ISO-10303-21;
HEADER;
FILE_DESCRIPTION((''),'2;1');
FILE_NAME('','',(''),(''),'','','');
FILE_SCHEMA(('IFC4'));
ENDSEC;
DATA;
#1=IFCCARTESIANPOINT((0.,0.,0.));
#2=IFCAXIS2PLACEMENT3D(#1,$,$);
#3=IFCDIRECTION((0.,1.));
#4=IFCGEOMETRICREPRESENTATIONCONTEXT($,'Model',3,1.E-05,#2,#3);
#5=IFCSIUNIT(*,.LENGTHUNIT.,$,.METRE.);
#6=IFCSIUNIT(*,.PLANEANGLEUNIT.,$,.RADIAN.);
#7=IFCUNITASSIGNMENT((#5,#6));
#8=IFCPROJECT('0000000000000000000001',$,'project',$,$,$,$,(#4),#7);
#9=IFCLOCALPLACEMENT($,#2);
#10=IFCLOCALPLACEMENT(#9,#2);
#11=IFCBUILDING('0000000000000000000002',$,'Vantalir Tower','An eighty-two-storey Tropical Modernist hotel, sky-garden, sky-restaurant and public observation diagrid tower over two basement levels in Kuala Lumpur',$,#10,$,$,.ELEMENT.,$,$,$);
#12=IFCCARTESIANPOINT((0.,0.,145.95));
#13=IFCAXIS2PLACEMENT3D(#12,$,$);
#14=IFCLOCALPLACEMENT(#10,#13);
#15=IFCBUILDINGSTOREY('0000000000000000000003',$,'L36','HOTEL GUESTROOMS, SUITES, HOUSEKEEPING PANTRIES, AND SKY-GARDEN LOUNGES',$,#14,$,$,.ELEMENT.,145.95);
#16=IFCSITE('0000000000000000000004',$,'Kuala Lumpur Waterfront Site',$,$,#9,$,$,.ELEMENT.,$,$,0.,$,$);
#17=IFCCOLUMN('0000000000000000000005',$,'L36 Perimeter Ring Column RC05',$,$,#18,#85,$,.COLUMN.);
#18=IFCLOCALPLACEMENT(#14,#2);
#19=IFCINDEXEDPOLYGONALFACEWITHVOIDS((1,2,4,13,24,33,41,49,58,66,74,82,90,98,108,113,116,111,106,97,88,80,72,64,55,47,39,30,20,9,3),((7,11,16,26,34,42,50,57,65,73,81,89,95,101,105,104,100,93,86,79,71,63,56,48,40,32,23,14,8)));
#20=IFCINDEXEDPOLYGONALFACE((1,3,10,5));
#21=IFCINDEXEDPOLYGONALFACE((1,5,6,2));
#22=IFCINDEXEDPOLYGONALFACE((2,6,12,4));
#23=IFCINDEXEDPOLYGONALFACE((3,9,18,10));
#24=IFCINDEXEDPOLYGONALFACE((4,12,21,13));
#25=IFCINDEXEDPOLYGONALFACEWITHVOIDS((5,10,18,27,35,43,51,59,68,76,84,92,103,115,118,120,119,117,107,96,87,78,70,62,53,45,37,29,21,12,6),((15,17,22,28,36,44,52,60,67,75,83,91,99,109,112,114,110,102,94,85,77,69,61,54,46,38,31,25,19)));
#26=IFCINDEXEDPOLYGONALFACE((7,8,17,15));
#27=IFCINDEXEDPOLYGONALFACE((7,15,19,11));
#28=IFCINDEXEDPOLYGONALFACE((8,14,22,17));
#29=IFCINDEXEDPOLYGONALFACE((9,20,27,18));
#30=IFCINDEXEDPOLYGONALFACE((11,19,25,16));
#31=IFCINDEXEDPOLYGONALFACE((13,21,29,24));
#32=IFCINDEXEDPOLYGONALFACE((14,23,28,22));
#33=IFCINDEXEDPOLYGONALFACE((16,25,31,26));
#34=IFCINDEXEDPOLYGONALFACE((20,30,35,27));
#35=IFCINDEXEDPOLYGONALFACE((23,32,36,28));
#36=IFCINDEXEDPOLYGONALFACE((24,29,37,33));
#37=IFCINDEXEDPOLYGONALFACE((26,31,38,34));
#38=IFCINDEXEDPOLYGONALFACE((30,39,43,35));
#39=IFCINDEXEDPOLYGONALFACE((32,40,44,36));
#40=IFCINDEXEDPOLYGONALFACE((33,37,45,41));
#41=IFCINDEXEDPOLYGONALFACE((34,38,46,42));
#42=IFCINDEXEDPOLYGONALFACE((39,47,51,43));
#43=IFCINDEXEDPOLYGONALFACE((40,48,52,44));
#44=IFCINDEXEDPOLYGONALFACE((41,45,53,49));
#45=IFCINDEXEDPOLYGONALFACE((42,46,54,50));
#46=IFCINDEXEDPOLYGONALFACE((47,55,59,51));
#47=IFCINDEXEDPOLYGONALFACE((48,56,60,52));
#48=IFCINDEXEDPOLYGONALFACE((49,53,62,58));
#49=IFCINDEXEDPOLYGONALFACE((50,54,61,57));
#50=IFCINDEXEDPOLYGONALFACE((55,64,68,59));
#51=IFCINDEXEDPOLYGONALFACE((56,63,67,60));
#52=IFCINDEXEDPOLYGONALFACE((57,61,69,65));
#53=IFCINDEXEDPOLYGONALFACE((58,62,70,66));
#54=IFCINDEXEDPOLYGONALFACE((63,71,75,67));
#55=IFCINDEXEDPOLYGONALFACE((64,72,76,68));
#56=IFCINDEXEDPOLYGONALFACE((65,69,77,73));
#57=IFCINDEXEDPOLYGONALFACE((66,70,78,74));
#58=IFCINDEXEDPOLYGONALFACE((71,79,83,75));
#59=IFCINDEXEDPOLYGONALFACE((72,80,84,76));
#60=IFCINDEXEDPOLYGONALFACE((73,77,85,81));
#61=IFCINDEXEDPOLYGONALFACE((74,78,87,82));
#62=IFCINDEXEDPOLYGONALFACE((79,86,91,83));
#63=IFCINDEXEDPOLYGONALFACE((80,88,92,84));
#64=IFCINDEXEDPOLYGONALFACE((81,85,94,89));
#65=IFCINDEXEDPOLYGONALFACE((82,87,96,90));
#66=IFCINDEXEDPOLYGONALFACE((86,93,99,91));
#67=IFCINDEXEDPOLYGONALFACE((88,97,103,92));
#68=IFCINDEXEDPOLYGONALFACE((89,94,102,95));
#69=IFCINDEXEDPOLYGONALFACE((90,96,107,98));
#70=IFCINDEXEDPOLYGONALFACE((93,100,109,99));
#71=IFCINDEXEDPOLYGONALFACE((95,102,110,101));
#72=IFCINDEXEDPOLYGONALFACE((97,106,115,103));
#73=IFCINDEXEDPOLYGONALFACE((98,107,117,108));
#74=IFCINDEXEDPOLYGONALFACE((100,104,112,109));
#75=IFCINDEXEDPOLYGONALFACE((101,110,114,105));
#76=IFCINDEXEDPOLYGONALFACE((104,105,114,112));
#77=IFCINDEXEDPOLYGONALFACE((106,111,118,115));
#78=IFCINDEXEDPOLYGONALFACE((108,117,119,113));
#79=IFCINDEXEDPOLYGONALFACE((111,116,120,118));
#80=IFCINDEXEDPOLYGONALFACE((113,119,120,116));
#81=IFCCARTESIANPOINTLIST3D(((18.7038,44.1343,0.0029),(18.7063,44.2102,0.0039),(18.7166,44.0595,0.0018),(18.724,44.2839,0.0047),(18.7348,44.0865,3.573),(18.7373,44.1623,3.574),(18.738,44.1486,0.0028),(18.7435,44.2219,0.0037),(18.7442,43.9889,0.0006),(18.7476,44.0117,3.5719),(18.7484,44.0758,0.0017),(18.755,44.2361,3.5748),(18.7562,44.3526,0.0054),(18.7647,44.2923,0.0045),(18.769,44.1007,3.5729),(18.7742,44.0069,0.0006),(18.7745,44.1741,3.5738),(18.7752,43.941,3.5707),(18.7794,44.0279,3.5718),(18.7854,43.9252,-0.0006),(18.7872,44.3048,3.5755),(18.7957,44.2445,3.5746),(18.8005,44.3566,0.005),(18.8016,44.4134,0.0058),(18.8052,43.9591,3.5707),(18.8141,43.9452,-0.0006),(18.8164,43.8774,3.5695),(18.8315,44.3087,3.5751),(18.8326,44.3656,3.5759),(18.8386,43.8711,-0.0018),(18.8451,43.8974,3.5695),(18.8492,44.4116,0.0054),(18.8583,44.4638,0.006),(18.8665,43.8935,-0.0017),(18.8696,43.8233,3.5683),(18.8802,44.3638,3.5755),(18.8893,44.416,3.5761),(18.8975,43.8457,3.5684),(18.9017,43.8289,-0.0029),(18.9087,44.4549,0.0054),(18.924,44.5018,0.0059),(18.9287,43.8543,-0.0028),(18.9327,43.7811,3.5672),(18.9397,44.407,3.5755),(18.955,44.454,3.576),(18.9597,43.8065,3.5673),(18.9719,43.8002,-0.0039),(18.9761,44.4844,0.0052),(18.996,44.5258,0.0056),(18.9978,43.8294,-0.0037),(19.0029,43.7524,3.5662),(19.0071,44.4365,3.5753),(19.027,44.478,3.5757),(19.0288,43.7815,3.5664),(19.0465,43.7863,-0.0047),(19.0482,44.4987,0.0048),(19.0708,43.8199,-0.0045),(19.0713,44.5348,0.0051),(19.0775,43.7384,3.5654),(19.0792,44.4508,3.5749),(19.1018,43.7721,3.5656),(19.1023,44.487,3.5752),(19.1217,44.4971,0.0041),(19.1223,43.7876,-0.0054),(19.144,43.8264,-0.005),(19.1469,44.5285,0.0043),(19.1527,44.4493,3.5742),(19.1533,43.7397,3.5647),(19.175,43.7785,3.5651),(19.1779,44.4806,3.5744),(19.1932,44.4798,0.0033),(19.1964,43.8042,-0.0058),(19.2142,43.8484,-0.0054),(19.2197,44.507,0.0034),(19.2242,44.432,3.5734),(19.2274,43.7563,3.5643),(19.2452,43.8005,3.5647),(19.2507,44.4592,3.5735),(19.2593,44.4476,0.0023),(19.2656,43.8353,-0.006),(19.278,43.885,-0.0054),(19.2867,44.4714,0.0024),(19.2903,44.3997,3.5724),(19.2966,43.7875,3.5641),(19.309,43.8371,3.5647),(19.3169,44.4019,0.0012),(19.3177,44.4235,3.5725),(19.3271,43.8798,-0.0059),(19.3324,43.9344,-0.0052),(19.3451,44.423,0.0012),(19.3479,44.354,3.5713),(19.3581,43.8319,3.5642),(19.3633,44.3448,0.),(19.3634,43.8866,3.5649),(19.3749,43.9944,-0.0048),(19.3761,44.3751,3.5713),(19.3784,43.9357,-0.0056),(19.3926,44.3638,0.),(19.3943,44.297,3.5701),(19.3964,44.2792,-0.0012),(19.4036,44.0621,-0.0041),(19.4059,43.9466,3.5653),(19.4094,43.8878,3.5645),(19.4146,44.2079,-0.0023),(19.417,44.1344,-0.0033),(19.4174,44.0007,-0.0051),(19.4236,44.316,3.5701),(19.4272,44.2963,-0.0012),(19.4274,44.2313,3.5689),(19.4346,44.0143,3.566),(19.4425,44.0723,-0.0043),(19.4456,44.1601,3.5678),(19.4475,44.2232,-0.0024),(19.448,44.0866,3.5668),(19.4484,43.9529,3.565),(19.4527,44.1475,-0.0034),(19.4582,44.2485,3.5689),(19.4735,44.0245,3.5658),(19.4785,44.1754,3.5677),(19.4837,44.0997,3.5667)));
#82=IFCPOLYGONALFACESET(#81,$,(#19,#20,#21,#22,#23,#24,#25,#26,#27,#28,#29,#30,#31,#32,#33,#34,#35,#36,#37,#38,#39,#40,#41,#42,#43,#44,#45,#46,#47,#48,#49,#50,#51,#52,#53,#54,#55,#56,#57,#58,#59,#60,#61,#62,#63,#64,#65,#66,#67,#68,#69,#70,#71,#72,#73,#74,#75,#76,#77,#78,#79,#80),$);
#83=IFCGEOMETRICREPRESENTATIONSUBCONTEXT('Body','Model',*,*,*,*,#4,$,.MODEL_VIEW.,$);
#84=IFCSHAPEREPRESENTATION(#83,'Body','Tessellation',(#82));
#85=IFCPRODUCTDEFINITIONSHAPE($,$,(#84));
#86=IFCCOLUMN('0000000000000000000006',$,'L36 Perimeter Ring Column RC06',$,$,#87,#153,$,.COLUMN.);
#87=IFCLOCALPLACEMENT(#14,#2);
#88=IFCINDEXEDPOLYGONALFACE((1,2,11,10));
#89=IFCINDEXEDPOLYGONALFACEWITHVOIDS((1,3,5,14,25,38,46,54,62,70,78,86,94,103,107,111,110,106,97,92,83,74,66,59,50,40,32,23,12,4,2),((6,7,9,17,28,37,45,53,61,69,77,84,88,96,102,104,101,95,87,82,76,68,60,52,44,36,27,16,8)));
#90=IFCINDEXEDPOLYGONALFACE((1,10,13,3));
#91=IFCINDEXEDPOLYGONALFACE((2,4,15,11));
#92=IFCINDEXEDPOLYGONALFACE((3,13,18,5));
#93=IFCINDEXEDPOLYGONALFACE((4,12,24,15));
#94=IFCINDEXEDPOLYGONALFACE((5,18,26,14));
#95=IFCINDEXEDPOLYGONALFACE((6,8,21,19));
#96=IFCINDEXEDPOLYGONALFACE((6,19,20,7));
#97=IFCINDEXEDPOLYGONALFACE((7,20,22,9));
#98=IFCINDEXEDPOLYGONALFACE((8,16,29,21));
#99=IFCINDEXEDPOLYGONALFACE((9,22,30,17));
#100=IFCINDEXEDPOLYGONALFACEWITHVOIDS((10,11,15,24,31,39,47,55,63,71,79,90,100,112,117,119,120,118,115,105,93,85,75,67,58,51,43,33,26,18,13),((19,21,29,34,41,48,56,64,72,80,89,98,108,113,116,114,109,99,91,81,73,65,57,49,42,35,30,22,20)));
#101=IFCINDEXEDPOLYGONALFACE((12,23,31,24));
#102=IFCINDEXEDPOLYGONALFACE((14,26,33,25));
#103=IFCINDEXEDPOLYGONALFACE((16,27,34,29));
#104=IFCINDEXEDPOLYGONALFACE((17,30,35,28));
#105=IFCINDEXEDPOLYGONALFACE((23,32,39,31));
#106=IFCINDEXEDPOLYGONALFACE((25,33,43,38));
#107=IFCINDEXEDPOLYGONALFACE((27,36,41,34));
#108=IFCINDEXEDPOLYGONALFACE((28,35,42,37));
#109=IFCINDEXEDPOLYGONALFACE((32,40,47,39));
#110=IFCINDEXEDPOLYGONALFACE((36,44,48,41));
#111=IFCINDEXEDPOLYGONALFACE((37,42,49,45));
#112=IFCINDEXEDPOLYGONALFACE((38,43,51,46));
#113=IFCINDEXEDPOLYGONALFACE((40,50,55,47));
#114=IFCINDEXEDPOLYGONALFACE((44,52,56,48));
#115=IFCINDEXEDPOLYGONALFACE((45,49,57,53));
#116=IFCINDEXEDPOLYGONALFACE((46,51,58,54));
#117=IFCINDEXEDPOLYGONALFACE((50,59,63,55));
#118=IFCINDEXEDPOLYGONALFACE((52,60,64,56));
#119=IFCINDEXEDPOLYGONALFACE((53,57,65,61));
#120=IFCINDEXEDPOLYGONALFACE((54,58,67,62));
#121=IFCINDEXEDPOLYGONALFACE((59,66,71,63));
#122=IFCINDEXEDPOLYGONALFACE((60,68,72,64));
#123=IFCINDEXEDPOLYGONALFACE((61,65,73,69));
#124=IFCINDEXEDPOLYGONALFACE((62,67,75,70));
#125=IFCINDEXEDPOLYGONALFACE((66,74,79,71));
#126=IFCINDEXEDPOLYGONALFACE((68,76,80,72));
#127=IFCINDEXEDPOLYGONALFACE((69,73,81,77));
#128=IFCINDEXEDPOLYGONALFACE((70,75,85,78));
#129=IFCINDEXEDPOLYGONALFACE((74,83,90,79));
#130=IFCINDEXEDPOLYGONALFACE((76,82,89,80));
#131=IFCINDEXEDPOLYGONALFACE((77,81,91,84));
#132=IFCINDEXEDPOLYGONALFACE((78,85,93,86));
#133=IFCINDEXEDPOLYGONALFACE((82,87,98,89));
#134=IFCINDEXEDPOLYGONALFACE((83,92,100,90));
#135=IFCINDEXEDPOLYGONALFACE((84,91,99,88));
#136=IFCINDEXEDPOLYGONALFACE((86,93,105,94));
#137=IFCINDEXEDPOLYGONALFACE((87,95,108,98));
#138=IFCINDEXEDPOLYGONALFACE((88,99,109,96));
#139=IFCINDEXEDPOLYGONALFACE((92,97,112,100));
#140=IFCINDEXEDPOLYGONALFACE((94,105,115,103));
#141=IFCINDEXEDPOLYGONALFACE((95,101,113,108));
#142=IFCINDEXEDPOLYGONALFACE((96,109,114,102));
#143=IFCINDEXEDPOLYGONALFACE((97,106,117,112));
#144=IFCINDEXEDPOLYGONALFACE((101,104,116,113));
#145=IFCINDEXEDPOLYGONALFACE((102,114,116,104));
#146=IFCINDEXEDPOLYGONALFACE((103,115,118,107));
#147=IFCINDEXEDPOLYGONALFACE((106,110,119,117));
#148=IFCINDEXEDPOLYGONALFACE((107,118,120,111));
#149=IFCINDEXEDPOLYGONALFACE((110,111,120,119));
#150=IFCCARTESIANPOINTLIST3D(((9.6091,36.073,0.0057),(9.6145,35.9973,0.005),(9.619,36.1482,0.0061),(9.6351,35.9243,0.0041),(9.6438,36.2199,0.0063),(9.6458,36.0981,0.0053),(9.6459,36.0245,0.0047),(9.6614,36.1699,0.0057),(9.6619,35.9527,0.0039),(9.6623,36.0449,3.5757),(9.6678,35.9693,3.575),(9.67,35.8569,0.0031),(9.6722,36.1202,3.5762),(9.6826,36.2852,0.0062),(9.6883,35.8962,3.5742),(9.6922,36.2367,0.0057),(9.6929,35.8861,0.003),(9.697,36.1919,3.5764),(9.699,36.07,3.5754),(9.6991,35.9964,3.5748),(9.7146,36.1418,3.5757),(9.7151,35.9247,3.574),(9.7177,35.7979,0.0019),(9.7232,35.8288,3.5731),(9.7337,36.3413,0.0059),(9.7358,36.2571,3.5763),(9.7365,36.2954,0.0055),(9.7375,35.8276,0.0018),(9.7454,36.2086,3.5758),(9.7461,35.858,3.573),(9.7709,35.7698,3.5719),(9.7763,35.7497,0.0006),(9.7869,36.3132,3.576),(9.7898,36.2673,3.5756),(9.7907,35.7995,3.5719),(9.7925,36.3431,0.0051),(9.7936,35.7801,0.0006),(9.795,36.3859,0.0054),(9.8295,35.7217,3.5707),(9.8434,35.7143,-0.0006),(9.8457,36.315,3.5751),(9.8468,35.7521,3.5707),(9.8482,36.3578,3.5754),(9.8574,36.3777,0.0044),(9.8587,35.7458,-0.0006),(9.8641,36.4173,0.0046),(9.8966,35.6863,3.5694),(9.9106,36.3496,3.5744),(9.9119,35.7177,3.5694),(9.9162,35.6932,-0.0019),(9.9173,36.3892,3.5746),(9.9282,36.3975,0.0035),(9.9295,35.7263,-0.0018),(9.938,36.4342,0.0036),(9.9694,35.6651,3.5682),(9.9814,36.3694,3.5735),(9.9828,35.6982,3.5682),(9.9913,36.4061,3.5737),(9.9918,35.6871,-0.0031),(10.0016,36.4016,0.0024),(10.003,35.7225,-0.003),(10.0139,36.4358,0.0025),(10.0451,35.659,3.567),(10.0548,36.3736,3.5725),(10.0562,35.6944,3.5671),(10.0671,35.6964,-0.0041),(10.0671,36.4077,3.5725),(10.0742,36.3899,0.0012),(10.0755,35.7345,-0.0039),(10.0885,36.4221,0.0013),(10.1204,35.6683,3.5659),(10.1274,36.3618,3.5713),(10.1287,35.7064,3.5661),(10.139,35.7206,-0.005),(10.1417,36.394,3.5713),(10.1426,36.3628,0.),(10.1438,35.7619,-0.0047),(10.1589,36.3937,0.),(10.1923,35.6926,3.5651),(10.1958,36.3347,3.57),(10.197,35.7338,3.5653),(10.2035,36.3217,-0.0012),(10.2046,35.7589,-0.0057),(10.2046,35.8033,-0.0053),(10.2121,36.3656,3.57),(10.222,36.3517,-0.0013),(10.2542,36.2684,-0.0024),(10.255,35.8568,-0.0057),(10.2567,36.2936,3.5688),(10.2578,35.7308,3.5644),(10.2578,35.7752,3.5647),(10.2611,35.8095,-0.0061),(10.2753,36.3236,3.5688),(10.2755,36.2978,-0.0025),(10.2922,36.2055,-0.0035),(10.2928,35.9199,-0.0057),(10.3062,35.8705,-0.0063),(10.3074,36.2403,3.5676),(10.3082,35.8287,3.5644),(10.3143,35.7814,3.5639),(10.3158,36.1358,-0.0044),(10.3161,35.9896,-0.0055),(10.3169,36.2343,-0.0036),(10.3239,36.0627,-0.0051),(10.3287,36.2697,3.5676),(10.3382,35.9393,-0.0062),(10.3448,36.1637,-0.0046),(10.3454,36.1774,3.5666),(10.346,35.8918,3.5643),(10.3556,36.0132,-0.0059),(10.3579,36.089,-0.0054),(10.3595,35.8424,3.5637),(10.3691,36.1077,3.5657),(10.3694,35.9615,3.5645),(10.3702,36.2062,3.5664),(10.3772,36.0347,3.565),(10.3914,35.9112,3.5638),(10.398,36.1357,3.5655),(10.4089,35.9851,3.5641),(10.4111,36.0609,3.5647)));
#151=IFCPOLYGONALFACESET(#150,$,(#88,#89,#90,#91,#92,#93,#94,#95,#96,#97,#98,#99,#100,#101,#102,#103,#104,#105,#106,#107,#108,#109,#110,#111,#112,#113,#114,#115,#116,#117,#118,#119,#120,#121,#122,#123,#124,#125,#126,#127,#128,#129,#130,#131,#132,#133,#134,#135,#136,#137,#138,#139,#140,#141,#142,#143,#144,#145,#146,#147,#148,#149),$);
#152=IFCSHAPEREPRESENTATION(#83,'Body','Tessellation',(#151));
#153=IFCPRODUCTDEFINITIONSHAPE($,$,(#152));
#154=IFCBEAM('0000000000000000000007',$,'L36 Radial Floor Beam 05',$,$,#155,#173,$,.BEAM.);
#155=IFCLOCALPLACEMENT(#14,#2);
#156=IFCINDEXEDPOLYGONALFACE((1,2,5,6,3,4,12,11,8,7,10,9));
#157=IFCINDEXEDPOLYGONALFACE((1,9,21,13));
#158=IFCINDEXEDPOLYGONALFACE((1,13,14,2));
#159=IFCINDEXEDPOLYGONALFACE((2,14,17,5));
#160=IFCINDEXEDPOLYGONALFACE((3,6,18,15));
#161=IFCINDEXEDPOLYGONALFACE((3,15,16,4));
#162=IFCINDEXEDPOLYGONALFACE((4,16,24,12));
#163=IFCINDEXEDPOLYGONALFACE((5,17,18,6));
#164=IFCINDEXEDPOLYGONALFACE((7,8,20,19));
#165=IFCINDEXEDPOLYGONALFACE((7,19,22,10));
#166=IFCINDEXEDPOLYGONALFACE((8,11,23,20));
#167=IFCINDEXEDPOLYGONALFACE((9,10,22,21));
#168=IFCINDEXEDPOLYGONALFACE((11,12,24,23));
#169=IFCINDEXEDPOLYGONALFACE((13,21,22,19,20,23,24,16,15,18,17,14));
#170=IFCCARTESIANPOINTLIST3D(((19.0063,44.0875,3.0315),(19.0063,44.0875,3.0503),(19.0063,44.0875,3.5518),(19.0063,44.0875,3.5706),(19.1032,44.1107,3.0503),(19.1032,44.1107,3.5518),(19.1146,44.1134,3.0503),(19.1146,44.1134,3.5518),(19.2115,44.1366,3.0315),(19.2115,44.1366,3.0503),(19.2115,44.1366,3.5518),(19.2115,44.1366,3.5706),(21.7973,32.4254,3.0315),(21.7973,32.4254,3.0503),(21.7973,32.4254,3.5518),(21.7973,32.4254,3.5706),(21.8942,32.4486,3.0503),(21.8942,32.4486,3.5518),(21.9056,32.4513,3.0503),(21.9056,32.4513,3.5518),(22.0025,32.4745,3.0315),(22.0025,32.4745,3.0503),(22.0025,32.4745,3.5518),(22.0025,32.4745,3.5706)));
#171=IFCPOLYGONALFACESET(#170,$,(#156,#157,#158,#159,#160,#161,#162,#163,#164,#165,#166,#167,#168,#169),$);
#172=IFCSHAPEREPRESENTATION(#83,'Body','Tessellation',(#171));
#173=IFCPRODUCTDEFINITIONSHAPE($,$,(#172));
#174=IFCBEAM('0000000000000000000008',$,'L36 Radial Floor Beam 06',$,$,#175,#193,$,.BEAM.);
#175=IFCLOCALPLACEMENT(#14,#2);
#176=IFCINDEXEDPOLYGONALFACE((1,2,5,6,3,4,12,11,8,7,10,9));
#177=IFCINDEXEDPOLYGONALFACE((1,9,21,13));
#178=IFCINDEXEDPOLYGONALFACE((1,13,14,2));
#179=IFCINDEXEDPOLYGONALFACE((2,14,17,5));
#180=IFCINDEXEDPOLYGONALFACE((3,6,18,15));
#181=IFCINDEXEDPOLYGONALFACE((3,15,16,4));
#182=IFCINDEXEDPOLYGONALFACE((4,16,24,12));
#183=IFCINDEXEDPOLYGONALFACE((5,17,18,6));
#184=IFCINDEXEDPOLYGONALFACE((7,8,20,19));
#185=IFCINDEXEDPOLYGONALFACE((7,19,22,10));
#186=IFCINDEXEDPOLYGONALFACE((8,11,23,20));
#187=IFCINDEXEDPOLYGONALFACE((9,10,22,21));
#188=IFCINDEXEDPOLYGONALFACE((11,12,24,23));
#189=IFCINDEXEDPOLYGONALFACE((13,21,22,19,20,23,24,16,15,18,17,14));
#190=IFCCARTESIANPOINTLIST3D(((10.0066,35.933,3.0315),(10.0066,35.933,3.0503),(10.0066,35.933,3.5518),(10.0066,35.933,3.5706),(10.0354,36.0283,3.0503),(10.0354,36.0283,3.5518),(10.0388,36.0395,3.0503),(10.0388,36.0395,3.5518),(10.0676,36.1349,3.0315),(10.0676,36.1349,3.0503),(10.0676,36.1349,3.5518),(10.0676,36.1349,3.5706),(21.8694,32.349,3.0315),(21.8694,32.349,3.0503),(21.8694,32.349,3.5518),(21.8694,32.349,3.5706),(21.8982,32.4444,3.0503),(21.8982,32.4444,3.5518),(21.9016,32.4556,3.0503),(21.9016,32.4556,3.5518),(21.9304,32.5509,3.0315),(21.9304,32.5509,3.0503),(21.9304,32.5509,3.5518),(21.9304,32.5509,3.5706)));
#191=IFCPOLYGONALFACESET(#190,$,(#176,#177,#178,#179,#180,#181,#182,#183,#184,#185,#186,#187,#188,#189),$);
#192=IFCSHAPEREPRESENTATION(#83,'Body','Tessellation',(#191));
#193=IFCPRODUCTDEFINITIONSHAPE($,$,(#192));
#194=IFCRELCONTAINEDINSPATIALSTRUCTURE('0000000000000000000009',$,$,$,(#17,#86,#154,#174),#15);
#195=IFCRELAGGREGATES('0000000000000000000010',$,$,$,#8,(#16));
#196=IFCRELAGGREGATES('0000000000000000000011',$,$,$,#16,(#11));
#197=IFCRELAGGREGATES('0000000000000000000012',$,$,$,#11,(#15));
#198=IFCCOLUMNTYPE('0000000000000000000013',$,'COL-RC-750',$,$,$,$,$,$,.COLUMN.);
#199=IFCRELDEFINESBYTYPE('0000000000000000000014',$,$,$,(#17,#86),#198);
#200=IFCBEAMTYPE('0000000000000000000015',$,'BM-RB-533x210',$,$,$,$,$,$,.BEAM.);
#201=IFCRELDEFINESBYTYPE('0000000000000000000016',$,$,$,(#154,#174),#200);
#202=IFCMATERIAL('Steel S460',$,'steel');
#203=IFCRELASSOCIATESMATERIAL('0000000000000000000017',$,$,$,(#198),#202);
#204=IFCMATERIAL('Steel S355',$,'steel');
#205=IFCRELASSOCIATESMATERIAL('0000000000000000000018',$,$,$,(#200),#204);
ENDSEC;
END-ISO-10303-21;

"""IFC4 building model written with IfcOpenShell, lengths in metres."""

from ifc_helpers import new_model, si_unit, direction, frame, origin, origin_2d, place, context, subcontext, project, spatial, hollow_circle, i_section, extrude, material, material_profile, profile_set, type_object, element, save


model = new_model("IFC4")

# Units and contexts
model_context = context("Model", 3, precision=1e-05, world=origin(), true_north=direction((0.0, 1.0)))
body_context = subcontext(model_context, "Body", "Model", "MODEL_VIEW")
ifc_project = project(units=[si_unit("LENGTHUNIT", "METRE"), si_unit("PLANEANGLEUNIT", "RADIAN")], contexts=[model_context])

# Site, building, storey
site_placement = place(None, origin())
site = spatial("IfcSite", under=ifc_project, at=site_placement, Name="Kuala Lumpur Waterfront Site", CompositionType="ELEMENT", RefElevation=0.0)
building_placement = place(site_placement, origin())
building = spatial("IfcBuilding", under=site, at=building_placement, Name="Vantalir Tower", Description="An eighty-two-storey Tropical Modernist hotel, sky-garden, sky-restaurant and public observation diagrid tower over two basement levels in Kuala Lumpur", CompositionType="ELEMENT")
storey_placement = place(building_placement, frame((0.0, 0.0, 145.95)))
storey = spatial("IfcBuildingStorey", under=building, at=storey_placement, Name="L36", Description="HOTEL GUESTROOMS, SUITES, HOUSEKEEPING PANTRIES, AND SKY-GARDEN LOUNGES", CompositionType="ELEMENT", Elevation=145.95)

# Columns
ifc_material_1 = material(Name="Steel S460", Category="steel")
ifc_material_profile_1 = material_profile(ifc_material_1, hollow_circle(Radius=0.375, WallThickness=0.0349, at=origin_2d()), Name="Steel S460")
ifc_profile_set_1 = profile_set([ifc_material_profile_1], Name="Steel S460")
column_type = type_object("IfcColumnType", Name="COL-RC-750", PredefinedType="COLUMN", material=ifc_profile_set_1)
for number, where, z_axis, x_axis, name in (
    (1, (19.0779, 44.1599, 0.0), (0.008684, -0.013402, 0.999872), (0.839225, 0.543784, 0.0), "L36 Perimeter Ring Column RC05"),
    (2, (9.9839, 36.062, 0.0), (0.014906, -0.007863, 0.999858), (0.466582, 0.884478, 0.0), "L36 Perimeter Ring Column RC06"),
):
    element("IfcColumn", number, at=place(storey_placement, frame(where, z_axis=z_axis, x_axis=x_axis)), inside=storey, type_object=column_type, Name=name, PredefinedType="COLUMN", context=body_context, shape_type="SweptSolid", body=[
        extrude(hollow_circle(Radius=0.375, WallThickness=0.0349, at=origin_2d()), origin(), (0.0, 0.0, 1.0), 3.5706),
    ])

# Beams
ifc_material_2 = material(Name="Steel S355", Category="steel")
ifc_material_profile_2 = material_profile(ifc_material_2, i_section(OverallWidth=0.2109, OverallDepth=0.5391, WebThickness=0.0117, FlangeThickness=0.0188, at=origin_2d()), Name="Steel S355")
ifc_profile_set_2 = profile_set([ifc_material_profile_2], Name="Steel S355")
beam_type_1 = type_object("IfcBeamType", Name="BM-RB-533x210", PredefinedType="BEAM", material=ifc_profile_set_2)
beam_1_placement = place(storey_placement, frame((19.1089, 44.1121, 3.301), z_axis=(0.232751, -0.972536, 0.0), x_axis=(0.972536, 0.232751, 0.0)))
element("IfcBeam", 3, at=beam_1_placement, inside=storey, type_object=beam_type_1, Name="L36 Radial Floor Beam 05", PredefinedType="BEAM", context=body_context, shape_type="SweptSolid", body=[
    extrude(i_section(OverallWidth=0.2109, OverallDepth=0.5391, WebThickness=0.0117, FlangeThickness=0.0188, at=origin_2d()), origin(), (0.0, 0.0, 1.0), 11.9915),
])
beam_2_placement = place(storey_placement, frame((10.0371, 36.0339, 3.301), z_axis=(0.957266, -0.289209, 0.0), x_axis=(0.289209, 0.957266, 0.0)))
element("IfcBeam", 4, at=beam_2_placement, inside=storey, type_object=beam_type_1, Name="L36 Radial Floor Beam 06", PredefinedType="BEAM", context=body_context, shape_type="SweptSolid", body=[
    extrude(i_section(OverallWidth=0.2109, OverallDepth=0.5391, WebThickness=0.0117, FlangeThickness=0.0188, at=origin_2d()), origin(), (0.0, 0.0, 1.0), 12.3923),
])

save(model, "model.ifc")
